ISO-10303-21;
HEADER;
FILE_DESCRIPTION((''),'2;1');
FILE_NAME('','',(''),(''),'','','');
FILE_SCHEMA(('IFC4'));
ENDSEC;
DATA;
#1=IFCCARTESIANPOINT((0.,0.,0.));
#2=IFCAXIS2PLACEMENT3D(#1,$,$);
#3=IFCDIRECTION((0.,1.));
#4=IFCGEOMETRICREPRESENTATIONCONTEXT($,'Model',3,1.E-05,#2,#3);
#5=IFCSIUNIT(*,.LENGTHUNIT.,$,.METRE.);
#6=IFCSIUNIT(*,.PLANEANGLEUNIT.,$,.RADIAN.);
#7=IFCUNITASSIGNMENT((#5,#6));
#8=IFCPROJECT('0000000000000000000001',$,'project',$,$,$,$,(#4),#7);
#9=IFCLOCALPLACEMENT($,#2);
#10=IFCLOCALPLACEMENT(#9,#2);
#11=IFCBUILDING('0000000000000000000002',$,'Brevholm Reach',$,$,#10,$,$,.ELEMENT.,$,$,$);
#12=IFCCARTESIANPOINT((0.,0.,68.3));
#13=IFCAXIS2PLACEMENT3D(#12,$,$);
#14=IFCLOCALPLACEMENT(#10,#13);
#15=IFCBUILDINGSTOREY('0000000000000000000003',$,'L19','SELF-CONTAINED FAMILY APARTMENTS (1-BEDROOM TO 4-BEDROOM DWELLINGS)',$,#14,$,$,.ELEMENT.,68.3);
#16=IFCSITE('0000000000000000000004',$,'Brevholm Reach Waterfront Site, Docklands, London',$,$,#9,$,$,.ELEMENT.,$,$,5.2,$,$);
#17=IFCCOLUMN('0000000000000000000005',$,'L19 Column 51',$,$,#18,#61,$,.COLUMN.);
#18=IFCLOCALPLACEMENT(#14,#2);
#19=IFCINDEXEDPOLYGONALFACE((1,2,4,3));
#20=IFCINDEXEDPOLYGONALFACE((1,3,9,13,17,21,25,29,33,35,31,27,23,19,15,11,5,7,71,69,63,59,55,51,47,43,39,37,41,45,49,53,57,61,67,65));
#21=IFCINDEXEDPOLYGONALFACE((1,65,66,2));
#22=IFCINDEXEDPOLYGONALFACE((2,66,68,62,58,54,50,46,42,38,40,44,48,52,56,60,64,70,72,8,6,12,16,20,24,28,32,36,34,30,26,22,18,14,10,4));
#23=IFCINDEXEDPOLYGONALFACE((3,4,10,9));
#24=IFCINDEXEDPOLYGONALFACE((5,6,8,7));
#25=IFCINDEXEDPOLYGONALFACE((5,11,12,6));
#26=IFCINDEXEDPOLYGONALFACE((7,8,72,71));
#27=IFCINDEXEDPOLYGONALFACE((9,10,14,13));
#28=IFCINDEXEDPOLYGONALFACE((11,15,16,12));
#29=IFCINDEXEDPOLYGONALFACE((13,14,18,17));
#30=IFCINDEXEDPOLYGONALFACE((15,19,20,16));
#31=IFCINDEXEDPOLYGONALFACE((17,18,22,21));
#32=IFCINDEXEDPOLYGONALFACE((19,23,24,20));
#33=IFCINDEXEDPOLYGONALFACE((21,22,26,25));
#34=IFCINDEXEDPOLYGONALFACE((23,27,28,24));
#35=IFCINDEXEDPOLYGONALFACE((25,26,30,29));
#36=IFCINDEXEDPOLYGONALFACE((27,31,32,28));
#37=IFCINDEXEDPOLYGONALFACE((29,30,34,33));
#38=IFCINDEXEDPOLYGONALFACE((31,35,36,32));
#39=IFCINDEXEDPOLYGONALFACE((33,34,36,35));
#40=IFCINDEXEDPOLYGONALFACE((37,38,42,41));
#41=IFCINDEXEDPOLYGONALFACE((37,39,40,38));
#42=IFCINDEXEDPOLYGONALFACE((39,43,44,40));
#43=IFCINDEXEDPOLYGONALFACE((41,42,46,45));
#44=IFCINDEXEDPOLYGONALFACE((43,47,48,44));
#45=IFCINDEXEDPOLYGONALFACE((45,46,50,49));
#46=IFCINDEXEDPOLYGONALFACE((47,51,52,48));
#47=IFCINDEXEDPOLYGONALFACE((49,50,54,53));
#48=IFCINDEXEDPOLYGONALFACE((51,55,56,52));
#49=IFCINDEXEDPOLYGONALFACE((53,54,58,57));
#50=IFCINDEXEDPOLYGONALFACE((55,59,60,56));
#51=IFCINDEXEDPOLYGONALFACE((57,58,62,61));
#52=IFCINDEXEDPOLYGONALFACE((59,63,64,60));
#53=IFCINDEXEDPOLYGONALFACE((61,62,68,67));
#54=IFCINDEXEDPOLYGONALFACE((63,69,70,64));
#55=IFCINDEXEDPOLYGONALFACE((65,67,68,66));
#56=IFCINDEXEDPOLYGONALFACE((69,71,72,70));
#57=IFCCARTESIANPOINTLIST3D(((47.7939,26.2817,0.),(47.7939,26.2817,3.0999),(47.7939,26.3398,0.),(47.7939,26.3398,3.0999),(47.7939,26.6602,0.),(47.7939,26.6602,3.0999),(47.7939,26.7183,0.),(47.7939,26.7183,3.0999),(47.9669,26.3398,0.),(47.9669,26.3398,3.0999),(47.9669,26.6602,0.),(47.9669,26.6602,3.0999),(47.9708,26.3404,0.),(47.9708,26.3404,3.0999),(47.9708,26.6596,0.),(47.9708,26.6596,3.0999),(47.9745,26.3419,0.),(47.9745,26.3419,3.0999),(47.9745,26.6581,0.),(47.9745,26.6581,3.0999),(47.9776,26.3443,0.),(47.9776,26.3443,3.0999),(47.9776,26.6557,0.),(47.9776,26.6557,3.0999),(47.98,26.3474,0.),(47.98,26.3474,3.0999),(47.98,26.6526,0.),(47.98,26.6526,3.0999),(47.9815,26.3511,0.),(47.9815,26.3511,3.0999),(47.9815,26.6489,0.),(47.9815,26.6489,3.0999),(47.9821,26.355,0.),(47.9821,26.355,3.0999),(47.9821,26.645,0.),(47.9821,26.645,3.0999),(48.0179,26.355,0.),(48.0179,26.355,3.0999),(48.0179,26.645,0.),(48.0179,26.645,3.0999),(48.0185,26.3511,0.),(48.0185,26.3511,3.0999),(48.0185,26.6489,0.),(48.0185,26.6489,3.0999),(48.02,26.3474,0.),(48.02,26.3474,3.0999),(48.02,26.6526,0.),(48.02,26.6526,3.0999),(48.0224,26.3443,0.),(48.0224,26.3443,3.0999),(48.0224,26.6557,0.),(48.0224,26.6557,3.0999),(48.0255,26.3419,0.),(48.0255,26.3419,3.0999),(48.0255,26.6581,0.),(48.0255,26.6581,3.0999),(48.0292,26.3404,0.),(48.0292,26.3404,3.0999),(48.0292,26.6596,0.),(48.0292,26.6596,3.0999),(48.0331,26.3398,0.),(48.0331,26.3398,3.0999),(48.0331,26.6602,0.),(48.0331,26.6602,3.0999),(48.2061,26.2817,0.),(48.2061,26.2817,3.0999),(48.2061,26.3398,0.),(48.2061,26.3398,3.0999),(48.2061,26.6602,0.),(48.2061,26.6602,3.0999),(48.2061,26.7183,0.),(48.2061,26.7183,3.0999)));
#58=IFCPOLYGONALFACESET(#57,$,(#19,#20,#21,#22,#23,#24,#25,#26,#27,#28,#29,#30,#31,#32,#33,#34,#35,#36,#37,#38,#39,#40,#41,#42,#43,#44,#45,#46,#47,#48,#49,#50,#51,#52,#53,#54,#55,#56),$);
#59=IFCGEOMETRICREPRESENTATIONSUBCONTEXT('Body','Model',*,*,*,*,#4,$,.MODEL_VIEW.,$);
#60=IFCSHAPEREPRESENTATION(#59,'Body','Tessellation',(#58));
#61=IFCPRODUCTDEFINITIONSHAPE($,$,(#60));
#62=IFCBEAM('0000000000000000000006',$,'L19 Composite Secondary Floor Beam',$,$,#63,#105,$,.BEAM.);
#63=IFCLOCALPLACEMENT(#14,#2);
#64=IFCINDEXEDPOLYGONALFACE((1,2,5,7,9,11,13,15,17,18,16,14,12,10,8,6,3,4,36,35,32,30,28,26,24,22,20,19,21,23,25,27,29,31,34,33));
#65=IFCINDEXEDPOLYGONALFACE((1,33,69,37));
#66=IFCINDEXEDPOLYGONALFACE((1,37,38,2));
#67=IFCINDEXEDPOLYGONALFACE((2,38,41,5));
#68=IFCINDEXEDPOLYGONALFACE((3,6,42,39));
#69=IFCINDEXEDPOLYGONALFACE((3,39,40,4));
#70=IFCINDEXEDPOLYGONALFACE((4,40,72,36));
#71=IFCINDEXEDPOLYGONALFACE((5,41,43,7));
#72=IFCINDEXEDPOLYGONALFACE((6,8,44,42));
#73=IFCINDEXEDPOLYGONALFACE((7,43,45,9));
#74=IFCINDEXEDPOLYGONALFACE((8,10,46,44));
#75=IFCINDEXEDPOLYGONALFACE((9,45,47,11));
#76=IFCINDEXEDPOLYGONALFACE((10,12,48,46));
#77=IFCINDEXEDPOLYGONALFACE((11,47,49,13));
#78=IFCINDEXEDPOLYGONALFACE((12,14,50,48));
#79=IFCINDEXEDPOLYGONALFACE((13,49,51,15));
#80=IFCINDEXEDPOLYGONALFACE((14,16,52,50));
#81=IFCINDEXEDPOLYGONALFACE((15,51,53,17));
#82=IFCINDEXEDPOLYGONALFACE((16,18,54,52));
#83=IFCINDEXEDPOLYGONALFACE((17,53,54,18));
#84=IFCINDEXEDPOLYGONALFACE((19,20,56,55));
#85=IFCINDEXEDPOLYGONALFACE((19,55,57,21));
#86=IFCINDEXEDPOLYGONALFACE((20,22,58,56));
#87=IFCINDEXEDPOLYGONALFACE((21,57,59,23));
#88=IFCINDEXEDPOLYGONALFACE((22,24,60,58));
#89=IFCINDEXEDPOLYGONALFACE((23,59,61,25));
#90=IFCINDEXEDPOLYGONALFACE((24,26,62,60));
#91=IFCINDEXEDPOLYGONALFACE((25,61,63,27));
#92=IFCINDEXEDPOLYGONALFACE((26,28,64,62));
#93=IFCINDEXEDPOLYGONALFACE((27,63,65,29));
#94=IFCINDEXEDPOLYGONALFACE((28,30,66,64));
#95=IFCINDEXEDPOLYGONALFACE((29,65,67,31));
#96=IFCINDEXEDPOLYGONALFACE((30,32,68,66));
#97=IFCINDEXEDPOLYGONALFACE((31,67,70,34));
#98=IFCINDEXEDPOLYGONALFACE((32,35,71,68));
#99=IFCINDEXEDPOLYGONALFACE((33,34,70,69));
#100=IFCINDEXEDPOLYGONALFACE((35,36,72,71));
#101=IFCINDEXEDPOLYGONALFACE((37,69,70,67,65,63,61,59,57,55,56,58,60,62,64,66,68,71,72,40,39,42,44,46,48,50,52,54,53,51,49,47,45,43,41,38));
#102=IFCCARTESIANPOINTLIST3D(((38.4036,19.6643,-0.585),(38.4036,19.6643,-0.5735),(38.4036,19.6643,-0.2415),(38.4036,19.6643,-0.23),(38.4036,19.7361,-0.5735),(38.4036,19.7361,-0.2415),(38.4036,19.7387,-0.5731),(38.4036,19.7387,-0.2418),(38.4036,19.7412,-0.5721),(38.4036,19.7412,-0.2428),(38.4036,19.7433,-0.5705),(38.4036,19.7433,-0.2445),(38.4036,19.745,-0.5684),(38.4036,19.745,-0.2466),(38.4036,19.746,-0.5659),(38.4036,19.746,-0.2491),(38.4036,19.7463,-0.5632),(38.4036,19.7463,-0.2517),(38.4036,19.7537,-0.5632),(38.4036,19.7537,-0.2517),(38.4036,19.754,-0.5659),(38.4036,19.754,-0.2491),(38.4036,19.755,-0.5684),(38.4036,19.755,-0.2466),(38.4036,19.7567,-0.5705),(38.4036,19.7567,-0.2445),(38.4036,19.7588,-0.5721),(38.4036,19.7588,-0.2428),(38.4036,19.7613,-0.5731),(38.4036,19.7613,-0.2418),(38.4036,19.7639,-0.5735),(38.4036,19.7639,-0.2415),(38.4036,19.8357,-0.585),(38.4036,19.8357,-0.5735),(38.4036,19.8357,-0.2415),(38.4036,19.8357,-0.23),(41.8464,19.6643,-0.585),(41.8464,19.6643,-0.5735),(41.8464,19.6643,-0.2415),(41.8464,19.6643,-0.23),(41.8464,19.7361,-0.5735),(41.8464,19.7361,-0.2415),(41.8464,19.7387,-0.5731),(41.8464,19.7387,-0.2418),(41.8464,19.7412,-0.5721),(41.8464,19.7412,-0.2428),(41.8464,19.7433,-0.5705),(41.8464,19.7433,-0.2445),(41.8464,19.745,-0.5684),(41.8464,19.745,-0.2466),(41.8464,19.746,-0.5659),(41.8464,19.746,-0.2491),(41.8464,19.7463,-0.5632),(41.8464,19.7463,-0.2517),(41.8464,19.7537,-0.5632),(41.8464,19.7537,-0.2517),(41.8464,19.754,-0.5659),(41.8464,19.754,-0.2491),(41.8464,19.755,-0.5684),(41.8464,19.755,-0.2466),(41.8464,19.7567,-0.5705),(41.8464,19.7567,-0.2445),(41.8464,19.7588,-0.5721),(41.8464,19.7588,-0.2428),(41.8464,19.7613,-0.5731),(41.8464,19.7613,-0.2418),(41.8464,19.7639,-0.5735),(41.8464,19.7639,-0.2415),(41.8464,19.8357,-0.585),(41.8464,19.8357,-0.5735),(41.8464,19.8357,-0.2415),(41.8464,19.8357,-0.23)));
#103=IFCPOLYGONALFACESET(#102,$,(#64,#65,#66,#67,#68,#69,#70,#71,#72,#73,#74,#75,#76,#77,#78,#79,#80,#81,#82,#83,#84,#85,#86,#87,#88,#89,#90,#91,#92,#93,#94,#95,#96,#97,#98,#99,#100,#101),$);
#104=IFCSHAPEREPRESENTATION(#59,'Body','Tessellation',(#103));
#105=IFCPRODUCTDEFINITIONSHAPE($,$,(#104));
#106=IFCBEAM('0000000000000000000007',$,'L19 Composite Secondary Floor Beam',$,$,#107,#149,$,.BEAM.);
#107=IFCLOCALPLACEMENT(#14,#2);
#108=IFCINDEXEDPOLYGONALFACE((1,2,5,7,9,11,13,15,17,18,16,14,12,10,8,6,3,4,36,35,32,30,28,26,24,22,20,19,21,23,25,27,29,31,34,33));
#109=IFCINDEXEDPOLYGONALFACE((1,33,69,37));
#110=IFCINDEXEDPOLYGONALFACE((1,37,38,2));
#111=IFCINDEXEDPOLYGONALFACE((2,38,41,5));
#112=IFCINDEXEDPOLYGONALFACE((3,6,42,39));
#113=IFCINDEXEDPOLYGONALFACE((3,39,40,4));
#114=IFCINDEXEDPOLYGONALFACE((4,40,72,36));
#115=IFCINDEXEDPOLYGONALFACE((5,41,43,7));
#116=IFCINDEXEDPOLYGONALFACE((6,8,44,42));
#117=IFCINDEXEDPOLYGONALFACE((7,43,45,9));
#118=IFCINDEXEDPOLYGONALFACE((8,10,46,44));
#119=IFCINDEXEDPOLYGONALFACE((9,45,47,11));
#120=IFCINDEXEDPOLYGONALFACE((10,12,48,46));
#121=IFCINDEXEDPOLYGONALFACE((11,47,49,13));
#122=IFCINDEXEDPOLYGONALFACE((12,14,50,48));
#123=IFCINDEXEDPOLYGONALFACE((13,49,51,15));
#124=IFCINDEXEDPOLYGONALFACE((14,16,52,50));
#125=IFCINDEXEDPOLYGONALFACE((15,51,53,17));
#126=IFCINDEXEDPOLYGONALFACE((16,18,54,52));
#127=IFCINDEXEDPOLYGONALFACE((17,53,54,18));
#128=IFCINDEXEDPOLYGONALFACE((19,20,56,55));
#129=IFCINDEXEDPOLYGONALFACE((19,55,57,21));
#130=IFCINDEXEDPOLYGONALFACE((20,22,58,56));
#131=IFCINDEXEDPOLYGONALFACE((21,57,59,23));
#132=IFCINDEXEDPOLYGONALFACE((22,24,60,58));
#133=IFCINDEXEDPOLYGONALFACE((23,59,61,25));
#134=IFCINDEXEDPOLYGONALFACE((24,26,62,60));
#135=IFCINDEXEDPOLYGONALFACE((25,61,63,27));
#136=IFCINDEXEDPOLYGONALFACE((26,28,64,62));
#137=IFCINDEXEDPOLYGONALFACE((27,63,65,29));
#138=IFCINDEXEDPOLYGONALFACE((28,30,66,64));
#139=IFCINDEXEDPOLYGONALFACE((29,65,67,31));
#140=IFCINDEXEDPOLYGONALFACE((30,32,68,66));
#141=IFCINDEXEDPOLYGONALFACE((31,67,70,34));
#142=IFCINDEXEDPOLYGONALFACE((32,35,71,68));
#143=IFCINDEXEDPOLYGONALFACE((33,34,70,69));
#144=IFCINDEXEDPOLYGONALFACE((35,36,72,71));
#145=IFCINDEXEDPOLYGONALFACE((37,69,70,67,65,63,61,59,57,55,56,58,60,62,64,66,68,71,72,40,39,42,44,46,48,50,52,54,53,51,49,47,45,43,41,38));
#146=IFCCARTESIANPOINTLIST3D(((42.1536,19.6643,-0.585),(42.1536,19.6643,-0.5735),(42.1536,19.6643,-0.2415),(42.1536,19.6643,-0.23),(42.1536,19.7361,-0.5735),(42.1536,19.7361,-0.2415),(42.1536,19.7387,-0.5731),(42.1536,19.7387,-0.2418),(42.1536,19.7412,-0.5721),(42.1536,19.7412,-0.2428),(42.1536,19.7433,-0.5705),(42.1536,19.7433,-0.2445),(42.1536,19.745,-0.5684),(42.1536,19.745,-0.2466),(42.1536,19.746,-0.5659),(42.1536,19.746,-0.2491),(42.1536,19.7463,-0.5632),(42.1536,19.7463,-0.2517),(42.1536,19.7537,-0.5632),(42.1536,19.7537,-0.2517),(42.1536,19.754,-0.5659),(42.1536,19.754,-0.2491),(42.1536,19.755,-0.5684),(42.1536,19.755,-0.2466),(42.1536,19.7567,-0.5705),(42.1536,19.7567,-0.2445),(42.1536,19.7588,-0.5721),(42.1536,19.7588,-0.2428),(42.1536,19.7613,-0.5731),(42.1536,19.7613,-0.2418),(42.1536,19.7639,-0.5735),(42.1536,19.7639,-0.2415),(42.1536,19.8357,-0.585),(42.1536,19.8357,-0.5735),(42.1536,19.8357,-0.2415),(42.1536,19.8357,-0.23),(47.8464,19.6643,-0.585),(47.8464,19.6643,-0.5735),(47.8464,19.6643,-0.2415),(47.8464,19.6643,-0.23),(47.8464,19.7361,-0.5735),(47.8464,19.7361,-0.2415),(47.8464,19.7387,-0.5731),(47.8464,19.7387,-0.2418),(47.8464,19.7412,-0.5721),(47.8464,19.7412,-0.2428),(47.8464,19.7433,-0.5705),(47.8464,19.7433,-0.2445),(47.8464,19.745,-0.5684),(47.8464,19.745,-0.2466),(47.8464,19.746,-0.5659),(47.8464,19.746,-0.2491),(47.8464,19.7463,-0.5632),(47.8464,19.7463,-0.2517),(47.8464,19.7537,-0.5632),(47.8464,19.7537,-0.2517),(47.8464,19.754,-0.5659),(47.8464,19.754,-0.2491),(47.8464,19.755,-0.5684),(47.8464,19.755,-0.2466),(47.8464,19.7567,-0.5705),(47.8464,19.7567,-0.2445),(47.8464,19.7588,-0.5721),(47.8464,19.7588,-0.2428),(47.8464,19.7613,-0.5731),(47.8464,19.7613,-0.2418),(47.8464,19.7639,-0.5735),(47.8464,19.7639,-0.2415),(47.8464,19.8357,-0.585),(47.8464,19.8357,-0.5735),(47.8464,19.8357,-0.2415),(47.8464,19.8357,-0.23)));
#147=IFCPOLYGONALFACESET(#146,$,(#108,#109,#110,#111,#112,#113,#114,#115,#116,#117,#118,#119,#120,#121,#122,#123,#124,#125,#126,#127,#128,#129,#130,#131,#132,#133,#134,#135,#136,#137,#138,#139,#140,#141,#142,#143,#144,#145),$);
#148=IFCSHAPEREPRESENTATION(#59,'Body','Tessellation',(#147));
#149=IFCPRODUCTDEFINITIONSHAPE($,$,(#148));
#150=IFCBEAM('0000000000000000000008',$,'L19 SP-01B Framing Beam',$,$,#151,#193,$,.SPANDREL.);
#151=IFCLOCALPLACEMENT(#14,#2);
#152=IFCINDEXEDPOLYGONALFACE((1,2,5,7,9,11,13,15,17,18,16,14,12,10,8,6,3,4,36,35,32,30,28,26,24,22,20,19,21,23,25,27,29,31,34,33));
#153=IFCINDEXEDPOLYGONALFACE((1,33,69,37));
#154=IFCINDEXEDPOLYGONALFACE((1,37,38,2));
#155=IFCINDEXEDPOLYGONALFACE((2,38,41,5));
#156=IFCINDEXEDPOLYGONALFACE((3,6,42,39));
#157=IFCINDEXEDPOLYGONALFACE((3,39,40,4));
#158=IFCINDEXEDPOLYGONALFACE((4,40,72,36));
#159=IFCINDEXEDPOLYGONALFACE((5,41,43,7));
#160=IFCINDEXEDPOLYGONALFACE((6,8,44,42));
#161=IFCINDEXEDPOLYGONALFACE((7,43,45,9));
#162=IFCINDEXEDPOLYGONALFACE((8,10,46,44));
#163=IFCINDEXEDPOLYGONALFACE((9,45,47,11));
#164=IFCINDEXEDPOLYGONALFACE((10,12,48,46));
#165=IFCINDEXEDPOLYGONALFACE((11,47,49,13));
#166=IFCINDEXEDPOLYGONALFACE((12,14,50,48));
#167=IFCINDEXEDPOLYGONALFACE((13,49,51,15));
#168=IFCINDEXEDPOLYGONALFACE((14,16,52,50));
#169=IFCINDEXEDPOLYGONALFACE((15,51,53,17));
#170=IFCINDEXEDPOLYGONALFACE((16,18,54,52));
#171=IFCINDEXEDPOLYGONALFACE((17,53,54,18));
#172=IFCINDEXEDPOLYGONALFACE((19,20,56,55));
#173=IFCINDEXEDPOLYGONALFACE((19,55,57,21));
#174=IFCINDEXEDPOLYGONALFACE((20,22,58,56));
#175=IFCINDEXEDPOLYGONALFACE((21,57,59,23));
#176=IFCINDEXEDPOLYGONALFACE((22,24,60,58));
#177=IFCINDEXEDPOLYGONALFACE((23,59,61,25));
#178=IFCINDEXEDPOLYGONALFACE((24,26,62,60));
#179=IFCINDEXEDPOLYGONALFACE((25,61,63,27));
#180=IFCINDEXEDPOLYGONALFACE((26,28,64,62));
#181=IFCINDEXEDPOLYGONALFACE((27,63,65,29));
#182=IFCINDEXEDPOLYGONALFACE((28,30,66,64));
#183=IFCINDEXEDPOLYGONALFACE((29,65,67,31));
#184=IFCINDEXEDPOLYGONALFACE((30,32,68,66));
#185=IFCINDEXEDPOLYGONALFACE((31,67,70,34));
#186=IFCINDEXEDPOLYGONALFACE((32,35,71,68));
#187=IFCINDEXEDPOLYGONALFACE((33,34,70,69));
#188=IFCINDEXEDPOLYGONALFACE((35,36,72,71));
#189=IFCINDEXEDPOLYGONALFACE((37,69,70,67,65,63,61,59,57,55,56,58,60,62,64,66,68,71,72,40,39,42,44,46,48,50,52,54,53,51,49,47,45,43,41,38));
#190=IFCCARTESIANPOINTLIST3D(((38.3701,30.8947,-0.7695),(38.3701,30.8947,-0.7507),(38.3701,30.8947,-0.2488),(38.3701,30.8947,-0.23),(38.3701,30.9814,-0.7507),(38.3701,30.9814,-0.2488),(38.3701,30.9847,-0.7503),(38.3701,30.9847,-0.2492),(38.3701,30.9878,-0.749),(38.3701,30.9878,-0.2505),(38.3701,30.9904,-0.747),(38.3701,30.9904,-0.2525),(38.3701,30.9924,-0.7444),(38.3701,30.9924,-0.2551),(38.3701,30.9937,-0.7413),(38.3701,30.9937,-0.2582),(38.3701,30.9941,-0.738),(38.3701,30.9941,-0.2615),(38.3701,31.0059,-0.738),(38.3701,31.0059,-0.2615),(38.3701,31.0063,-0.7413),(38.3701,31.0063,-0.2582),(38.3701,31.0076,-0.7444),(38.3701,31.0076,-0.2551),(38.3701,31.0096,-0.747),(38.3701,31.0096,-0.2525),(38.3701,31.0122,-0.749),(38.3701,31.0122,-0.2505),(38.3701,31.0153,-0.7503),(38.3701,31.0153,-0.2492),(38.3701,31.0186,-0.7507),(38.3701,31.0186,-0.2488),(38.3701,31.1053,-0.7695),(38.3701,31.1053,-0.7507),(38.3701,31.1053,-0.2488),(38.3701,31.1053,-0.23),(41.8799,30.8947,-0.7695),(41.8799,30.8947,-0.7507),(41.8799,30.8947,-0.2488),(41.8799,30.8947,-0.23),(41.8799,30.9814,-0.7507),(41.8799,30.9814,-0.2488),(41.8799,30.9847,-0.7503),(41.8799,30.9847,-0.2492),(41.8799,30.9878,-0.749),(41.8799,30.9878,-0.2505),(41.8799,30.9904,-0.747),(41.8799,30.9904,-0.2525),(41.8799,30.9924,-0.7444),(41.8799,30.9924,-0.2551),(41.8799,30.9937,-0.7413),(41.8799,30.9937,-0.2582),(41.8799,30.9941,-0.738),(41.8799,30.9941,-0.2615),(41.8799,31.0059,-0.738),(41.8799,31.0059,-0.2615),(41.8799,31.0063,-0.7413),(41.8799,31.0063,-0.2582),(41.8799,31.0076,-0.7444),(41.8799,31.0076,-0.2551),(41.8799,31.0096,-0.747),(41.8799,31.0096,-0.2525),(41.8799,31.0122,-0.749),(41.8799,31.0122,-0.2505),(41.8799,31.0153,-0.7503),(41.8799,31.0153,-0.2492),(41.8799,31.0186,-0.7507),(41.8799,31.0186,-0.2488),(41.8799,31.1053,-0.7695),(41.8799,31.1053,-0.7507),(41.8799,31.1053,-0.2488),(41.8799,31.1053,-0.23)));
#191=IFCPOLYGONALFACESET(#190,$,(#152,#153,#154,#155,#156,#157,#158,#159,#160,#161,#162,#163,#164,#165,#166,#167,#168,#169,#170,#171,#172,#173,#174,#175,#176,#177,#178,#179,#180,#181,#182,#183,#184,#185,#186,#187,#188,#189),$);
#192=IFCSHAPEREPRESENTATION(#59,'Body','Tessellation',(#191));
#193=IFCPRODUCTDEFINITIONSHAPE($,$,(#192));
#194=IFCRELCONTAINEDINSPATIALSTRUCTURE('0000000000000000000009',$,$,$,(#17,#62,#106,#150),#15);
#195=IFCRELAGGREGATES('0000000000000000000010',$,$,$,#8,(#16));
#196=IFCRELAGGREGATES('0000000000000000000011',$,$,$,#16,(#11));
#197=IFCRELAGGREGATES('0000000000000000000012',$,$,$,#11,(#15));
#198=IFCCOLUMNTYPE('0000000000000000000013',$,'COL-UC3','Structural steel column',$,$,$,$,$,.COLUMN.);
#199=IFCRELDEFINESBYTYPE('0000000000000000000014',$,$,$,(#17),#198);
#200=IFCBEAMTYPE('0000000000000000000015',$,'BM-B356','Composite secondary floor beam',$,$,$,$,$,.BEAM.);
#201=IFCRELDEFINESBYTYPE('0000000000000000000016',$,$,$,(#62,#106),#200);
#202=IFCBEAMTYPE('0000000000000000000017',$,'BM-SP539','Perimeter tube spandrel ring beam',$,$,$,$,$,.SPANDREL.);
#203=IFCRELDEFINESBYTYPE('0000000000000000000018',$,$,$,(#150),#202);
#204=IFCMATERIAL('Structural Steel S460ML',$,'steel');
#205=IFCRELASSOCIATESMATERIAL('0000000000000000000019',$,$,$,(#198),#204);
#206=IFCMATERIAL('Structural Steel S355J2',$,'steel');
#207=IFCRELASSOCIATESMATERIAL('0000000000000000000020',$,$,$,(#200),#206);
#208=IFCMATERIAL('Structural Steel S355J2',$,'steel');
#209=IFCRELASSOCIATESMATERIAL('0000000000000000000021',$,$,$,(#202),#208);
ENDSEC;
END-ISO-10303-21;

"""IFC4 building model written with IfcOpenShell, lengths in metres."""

from ifc_helpers import new_model, si_unit, direction, frame, origin, origin_2d, place, context, subcontext, project, spatial, i_section, extrude, material, material_profile, profile_set, type_object, element, save


model = new_model("IFC4")

# Units and contexts
model_context = context("Model", 3, precision=1e-05, world=origin(), true_north=direction((0.0, 1.0)))
body_context = subcontext(model_context, "Body", "Model", "MODEL_VIEW")
ifc_project = project(units=[si_unit("LENGTHUNIT", "METRE"), si_unit("PLANEANGLEUNIT", "RADIAN")], contexts=[model_context])

# Site, building, storey
site_placement = place(None, origin())
site = spatial("IfcSite", under=ifc_project, at=site_placement, Name="Brevholm Reach Waterfront Site, Docklands, London", CompositionType="ELEMENT", RefElevation=5.2)
building_placement = place(site_placement, origin())
building = spatial("IfcBuilding", under=site, at=building_placement, Name="Brevholm Reach", CompositionType="ELEMENT")
storey_placement = place(building_placement, frame((0.0, 0.0, 68.3)))
storey = spatial("IfcBuildingStorey", under=building, at=storey_placement, Name="L19", Description="SELF-CONTAINED FAMILY APARTMENTS (1-BEDROOM TO 4-BEDROOM DWELLINGS)", CompositionType="ELEMENT", Elevation=68.3)

# Column
ifc_material_1 = material(Name="Structural Steel S460ML", Category="steel")
ifc_material_profile_1 = material_profile(ifc_material_1, i_section(OverallWidth=0.4121, OverallDepth=0.4365, WebThickness=0.0359, FlangeThickness=0.0581, FilletRadius=0.0151, at=origin_2d()), Name="UKC 356x406x467")
ifc_profile_set_1 = profile_set([ifc_material_profile_1], Name="Structural Steel S460ML")
column_type_1 = type_object("IfcColumnType", Name="COL-UC3", Description="Structural steel column", PredefinedType="COLUMN", material=ifc_profile_set_1)
for number, where, z_axis, x_axis, name in (
    (1, (48.0, 26.5, 0.0), (0.0, 0.0, 1.0), (1.0, 0.0, 0.0), "L19 Column 51"),
):
    element("IfcColumn", number, at=place(storey_placement, frame(where, z_axis=z_axis, x_axis=x_axis)), inside=storey, type_object=column_type_1, Name=name, PredefinedType="COLUMN", context=body_context, shape_type="SweptSolid", body=[
        extrude(i_section(OverallWidth=0.4121, OverallDepth=0.4365, WebThickness=0.0359, FlangeThickness=0.0581, FilletRadius=0.0151, at=origin_2d()), origin(), (0.0, 0.0, 1.0), 3.0999),
    ])

# Beams
ifc_material_2 = material(Name="Structural Steel S355J2", Category="steel")
ifc_material_profile_2 = material_profile(ifc_material_2, i_section(OverallWidth=0.1714, OverallDepth=0.355, WebThickness=0.0073, FlangeThickness=0.0115, FilletRadius=0.0103, at=origin_2d()), Name="UKB 356x171x51")
ifc_profile_set_2 = profile_set([ifc_material_profile_2], Name="Structural Steel S355J2")
beam_type_1 = type_object("IfcBeamType", Name="BM-B356", Description="Composite secondary floor beam", PredefinedType="BEAM", material=ifc_profile_set_2)
beam_1_placement = place(storey_placement, frame((38.4036, 19.75, -0.4075), z_axis=(1.0, 0.0, 0.0), x_axis=(0.0, 1.0, 0.0)))
element("IfcBeam", 2, at=beam_1_placement, inside=storey, type_object=beam_type_1, Name="L19 Composite Secondary Floor Beam", PredefinedType="BEAM", context=body_context, shape_type="SweptSolid", body=[
    extrude(i_section(OverallWidth=0.1714, OverallDepth=0.355, WebThickness=0.0073, FlangeThickness=0.0115, FilletRadius=0.0103, at=origin_2d()), origin(), (0.0, 0.0, 1.0), 3.4429),
])
beam_2_placement = place(storey_placement, frame((42.1536, 19.75, -0.4075), z_axis=(1.0, 0.0, 0.0), x_axis=(0.0, 1.0, 0.0)))
element("IfcBeam", 3, at=beam_2_placement, inside=storey, type_object=beam_type_1, Name="L19 Composite Secondary Floor Beam", PredefinedType="BEAM", context=body_context, shape_type="SweptSolid", body=[
    extrude(i_section(OverallWidth=0.1714, OverallDepth=0.355, WebThickness=0.0073, FlangeThickness=0.0115, FilletRadius=0.0103, at=origin_2d()), origin(), (0.0, 0.0, 1.0), 5.6929),
])
ifc_material_3 = material(Name="Structural Steel S355J2", Category="steel")
ifc_material_profile_3 = material_profile(ifc_material_3, i_section(OverallWidth=0.2107, OverallDepth=0.5396, WebThickness=0.0117, FlangeThickness=0.0188, FilletRadius=0.0127, at=origin_2d()), Name="UKB 533x210x109")
ifc_profile_set_3 = profile_set([ifc_material_profile_3], Name="Structural Steel S355J2")
beam_type_2 = type_object("IfcBeamType", Name="BM-SP539", Description="Perimeter tube spandrel ring beam", PredefinedType="SPANDREL", material=ifc_profile_set_3)
beam_3_placement = place(storey_placement, frame((38.3701, 31.0, -0.4998), z_axis=(1.0, 0.0, 0.0), x_axis=(0.0, 1.0, 0.0)))
element("IfcBeam", 4, at=beam_3_placement, inside=storey, type_object=beam_type_2, Name="L19 SP-01B Framing Beam", PredefinedType="SPANDREL", context=body_context, shape_type="SweptSolid", body=[
    extrude(i_section(OverallWidth=0.2107, OverallDepth=0.5396, WebThickness=0.0117, FlangeThickness=0.0188, FilletRadius=0.0127, at=origin_2d()), origin(), (0.0, 0.0, 1.0), 3.5098),
])

save(model, "model.ifc")
